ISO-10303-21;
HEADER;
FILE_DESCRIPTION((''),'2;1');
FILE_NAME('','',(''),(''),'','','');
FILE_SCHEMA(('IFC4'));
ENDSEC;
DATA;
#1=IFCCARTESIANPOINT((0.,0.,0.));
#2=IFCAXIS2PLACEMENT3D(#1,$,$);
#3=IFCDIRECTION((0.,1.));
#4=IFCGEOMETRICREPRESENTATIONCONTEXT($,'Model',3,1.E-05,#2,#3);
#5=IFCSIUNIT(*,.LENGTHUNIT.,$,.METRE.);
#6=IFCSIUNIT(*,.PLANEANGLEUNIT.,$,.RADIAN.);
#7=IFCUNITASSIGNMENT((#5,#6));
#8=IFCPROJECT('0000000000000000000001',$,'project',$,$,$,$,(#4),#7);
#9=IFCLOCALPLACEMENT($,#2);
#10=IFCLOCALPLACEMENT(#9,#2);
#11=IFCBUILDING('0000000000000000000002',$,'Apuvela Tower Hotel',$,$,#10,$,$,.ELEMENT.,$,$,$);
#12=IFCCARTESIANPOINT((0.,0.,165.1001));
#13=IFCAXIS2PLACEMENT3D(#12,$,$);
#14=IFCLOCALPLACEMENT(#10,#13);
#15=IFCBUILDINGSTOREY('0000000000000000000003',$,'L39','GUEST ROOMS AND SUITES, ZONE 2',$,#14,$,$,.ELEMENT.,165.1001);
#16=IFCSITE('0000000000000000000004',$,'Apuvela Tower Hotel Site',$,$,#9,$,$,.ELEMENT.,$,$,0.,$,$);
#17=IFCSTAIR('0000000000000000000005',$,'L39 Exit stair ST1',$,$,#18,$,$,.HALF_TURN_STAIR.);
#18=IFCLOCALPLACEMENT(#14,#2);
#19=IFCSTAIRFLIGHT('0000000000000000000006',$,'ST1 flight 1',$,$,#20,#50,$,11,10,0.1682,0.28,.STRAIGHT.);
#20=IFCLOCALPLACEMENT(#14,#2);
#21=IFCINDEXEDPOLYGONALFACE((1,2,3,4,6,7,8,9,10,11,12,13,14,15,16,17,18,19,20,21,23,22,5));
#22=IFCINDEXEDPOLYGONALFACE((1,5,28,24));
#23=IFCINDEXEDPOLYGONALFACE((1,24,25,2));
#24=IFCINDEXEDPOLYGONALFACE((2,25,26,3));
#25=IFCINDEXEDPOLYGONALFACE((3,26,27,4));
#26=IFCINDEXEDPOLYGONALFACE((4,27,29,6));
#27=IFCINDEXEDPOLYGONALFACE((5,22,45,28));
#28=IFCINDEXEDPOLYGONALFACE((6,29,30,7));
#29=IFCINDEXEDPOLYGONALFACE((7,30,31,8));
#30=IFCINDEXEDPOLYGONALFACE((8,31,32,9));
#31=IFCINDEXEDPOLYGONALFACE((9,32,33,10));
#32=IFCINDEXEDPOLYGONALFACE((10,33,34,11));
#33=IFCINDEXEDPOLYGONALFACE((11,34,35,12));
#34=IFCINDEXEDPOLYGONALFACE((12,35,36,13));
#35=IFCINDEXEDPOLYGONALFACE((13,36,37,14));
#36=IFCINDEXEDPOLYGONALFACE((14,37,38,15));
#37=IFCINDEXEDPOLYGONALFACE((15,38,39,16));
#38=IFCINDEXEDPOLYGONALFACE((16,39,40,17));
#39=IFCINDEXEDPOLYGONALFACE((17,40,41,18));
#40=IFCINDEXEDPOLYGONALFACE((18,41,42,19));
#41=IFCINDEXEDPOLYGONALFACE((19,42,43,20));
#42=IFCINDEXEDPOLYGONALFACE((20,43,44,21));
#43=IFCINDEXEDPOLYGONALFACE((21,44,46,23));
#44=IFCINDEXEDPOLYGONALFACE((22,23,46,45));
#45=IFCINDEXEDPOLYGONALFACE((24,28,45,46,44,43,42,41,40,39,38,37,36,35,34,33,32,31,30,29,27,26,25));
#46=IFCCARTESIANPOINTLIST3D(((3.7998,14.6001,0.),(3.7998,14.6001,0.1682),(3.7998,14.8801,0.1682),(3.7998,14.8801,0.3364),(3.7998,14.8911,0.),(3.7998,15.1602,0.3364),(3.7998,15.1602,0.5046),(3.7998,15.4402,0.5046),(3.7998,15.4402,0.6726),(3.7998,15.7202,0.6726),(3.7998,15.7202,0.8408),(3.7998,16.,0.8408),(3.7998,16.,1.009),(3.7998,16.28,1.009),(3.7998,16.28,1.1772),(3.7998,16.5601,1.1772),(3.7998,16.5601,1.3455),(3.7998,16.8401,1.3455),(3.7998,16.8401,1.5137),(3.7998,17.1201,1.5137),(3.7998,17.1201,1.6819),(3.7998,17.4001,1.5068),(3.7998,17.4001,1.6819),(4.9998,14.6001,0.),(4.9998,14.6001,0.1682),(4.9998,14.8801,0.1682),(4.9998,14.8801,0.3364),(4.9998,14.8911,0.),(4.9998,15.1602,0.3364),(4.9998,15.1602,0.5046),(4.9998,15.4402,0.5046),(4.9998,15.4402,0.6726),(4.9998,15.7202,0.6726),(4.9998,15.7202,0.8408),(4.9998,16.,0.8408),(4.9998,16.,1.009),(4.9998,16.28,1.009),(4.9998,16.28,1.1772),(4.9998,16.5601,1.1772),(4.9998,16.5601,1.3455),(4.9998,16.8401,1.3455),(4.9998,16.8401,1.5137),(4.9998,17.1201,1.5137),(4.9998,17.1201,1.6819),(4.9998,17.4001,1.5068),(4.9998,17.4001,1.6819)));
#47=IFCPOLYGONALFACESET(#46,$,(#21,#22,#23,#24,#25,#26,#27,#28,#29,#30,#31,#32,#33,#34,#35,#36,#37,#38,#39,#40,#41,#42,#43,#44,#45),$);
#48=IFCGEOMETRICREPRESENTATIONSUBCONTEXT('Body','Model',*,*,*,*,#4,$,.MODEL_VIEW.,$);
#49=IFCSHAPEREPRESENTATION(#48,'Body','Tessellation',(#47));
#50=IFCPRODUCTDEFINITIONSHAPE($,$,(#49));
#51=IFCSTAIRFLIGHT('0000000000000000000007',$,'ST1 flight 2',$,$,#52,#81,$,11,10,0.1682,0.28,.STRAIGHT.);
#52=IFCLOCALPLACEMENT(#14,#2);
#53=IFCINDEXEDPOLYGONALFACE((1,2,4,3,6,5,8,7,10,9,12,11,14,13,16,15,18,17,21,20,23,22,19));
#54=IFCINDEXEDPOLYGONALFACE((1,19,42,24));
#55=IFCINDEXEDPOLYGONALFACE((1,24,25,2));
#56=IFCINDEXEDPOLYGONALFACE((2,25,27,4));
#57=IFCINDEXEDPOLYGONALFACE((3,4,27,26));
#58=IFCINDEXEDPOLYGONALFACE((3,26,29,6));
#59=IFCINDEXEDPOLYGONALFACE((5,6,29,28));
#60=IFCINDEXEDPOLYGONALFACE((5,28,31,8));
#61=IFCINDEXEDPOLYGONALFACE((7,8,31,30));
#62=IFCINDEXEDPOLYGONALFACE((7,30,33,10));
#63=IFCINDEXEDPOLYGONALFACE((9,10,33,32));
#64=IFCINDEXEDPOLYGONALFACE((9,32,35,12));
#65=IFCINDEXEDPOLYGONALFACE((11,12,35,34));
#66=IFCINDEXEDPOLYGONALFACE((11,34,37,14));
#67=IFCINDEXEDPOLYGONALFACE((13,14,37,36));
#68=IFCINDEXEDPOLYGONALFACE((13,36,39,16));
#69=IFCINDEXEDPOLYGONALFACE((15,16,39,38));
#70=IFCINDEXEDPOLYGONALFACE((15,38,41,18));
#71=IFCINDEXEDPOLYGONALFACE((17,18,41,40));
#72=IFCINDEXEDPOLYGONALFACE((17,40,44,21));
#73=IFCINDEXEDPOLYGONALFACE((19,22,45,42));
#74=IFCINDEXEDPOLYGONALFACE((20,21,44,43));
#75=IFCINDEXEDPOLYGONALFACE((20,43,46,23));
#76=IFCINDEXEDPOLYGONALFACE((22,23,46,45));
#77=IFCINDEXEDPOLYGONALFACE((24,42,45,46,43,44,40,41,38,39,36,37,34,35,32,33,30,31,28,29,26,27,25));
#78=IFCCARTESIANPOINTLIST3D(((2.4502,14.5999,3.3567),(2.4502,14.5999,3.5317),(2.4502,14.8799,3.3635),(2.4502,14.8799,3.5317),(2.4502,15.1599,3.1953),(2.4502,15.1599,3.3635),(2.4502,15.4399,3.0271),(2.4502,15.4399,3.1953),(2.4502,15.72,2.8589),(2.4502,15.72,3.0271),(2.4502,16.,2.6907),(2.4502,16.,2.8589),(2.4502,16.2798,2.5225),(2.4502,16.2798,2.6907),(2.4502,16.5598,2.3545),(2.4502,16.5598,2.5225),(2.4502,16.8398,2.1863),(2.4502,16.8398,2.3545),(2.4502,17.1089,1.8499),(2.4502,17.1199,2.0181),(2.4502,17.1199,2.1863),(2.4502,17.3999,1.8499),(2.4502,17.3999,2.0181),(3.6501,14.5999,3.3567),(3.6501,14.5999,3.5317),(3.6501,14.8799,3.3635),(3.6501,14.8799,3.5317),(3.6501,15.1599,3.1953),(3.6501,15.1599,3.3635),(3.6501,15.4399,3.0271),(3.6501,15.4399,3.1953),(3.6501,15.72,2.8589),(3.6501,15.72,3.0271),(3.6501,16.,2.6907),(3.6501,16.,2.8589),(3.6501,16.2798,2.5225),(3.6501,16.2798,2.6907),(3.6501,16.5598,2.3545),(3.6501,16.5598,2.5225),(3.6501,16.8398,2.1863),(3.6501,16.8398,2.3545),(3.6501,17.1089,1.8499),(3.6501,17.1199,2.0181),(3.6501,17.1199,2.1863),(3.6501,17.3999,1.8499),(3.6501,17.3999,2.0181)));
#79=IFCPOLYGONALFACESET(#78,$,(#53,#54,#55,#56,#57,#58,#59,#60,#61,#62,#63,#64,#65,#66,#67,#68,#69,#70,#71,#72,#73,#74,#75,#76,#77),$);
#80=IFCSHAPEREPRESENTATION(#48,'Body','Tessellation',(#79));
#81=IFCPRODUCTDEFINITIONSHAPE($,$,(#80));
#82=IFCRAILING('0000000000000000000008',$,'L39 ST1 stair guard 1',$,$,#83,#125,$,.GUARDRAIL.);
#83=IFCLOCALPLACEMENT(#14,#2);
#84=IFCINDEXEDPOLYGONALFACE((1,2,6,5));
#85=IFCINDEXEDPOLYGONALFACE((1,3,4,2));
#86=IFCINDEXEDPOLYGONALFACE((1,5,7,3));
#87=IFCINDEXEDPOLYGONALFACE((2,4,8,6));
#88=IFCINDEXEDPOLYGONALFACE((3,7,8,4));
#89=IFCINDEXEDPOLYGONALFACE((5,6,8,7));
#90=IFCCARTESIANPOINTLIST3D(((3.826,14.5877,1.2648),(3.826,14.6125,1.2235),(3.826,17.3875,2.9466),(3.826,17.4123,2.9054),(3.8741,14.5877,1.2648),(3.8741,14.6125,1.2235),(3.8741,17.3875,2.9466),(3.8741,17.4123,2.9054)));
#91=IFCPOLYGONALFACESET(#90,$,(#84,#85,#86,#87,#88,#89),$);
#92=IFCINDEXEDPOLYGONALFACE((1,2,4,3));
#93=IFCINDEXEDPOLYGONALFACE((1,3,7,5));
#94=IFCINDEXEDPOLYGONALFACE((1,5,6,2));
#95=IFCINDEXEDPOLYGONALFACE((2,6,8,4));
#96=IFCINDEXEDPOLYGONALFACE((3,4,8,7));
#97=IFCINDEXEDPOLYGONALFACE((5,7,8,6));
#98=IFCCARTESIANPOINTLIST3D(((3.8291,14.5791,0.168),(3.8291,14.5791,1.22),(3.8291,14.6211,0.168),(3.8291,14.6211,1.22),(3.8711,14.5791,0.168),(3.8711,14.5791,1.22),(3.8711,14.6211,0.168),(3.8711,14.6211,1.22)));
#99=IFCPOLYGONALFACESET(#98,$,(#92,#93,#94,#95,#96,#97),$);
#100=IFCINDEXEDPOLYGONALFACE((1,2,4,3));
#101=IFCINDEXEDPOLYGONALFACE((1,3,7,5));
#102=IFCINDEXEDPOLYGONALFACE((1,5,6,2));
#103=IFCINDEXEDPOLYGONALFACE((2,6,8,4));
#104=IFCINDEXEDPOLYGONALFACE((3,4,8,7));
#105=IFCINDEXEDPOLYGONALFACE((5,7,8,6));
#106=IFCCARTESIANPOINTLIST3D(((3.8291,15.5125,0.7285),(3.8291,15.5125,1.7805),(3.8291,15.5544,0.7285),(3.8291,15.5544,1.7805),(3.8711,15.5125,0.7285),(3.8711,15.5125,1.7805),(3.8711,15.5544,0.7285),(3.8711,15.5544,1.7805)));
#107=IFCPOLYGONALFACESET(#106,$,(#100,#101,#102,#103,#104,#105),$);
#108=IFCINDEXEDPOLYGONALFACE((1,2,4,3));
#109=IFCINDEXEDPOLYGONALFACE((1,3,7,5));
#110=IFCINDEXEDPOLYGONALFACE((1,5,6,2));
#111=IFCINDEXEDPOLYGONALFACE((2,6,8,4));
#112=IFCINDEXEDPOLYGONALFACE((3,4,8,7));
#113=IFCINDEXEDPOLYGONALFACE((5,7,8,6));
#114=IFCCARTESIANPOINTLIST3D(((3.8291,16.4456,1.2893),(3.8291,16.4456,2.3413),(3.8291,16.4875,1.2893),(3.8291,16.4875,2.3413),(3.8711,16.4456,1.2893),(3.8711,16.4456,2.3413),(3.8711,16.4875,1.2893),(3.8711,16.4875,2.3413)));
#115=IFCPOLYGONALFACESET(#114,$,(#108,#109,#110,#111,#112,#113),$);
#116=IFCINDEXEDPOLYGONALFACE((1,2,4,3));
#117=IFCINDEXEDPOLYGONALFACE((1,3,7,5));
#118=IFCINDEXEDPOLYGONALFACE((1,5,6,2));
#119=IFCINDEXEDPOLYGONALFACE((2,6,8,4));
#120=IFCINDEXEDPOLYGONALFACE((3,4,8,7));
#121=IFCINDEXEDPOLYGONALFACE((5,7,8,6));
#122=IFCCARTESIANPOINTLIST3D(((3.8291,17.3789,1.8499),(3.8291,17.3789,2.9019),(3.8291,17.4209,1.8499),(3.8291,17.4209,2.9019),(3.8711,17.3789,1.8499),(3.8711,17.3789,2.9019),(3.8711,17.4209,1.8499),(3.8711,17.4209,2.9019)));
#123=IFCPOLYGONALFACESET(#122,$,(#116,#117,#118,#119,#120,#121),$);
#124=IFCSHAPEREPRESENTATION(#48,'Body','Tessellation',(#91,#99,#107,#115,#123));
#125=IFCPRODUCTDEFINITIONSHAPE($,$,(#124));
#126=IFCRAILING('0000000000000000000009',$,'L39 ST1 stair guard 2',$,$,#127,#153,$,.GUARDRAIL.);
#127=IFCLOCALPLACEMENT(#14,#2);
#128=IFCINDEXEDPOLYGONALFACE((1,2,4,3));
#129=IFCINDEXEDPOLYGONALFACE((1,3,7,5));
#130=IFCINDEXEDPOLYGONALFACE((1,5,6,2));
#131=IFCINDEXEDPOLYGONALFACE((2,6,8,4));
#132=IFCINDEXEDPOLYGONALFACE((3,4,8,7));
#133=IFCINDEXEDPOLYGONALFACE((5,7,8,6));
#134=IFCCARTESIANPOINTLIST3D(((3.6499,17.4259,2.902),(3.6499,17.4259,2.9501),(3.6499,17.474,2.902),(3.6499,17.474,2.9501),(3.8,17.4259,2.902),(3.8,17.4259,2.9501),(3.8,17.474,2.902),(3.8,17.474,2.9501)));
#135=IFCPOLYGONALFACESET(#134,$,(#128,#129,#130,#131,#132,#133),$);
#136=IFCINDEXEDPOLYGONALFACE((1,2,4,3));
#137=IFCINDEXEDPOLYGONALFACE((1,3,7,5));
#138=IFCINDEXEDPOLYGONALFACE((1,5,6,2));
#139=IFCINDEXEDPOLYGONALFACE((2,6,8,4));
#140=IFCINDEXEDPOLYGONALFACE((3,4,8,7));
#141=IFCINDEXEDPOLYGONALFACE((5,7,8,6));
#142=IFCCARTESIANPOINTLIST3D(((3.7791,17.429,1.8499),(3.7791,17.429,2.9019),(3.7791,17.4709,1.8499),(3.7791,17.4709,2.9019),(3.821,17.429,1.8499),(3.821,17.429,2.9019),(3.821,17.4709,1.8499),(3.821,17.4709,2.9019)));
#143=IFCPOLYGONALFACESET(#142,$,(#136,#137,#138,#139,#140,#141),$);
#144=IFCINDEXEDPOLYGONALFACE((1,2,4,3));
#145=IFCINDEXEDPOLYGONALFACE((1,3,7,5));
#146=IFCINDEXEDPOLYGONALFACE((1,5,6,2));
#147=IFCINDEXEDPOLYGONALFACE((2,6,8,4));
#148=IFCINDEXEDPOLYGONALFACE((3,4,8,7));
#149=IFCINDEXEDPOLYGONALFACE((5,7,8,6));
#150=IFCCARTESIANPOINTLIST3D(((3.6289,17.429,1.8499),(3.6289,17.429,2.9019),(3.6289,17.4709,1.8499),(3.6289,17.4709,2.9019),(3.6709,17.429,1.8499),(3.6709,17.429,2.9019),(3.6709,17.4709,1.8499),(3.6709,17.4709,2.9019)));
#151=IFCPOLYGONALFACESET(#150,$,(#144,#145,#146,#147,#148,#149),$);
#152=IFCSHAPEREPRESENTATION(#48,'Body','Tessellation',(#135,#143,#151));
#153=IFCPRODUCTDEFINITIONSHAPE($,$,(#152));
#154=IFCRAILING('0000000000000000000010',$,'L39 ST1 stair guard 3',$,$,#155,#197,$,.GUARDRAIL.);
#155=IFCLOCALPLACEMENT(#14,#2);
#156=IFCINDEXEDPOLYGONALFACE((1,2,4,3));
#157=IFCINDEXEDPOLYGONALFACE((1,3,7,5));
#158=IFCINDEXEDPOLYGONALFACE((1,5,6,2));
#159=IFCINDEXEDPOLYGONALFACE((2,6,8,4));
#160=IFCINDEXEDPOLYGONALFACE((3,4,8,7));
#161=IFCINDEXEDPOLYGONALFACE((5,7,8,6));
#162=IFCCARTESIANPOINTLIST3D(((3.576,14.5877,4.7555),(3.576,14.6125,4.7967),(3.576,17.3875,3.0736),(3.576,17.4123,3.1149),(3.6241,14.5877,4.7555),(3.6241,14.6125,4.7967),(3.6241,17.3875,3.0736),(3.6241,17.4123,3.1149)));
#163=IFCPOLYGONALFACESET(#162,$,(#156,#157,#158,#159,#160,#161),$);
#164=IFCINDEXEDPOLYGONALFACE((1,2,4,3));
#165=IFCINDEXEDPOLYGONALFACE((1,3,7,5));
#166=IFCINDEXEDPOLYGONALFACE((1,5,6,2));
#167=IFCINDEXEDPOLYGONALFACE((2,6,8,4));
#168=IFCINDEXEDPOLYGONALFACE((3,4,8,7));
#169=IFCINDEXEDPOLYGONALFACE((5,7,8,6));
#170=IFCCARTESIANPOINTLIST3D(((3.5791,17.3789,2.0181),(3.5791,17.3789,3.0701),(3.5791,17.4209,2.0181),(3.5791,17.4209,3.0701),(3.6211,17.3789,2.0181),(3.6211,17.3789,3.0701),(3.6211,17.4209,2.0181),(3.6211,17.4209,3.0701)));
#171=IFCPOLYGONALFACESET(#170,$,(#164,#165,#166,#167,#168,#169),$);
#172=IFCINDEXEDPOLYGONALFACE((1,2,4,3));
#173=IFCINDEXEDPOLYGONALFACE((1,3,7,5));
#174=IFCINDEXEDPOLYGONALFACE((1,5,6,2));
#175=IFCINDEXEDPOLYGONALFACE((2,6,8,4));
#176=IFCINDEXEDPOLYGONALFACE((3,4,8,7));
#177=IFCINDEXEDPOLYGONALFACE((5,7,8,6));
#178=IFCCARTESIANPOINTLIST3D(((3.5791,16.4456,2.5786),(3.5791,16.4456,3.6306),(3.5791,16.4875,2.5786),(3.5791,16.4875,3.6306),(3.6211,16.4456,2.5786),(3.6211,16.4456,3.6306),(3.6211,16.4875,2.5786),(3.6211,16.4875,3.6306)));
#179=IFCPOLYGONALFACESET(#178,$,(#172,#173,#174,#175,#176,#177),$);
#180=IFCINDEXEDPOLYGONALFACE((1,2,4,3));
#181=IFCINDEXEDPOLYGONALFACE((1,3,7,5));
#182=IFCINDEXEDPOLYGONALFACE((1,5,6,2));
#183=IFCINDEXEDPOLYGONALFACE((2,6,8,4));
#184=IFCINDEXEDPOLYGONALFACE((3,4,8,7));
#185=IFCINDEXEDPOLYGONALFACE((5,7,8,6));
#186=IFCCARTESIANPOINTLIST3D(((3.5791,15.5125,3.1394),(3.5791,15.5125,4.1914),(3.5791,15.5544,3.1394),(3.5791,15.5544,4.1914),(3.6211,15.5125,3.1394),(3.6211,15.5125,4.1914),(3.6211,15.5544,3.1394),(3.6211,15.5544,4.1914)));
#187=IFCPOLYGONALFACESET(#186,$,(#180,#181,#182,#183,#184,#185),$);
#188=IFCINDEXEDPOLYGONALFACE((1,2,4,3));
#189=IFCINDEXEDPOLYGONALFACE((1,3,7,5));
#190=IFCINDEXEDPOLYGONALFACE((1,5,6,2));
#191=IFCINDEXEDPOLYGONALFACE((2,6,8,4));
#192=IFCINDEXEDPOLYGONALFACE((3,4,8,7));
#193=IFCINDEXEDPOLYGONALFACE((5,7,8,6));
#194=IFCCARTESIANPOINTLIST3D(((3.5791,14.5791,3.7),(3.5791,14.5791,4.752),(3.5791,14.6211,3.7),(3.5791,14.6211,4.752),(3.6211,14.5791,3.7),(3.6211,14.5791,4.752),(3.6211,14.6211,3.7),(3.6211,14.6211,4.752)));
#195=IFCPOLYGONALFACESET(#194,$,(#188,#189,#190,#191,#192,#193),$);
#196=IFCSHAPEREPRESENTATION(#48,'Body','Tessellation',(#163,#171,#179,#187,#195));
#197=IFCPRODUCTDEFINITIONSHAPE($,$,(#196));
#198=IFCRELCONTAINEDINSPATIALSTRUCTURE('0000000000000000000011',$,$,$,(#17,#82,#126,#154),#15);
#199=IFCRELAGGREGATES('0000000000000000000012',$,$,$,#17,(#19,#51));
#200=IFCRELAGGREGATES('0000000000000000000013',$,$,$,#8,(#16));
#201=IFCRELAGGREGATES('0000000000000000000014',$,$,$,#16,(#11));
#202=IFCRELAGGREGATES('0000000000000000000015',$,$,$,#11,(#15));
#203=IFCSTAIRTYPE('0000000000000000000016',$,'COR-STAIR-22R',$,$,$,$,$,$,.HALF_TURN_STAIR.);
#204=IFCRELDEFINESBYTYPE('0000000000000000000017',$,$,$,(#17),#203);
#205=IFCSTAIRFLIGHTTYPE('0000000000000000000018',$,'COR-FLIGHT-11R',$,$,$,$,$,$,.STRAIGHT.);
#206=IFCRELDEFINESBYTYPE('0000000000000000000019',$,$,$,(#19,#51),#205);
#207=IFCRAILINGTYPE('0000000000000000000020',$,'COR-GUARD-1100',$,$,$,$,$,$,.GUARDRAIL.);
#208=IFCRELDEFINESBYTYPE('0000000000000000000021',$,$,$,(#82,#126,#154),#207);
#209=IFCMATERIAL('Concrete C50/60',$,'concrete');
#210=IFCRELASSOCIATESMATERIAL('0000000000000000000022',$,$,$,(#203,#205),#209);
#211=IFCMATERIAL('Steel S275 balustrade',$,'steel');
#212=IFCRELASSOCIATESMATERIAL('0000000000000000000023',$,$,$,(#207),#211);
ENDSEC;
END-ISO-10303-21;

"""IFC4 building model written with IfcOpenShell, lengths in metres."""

from ifc_helpers import new_model, si_unit, direction, frame, origin, origin_2d, place, context, subcontext, project, spatial, polyline, rectangle, outline, extrude, material, type_object, element, aggregate, save


model = new_model("IFC4")

# Units and contexts
model_context = context("Model", 3, precision=1e-05, world=origin(), true_north=direction((0.0, 1.0)))
body_context = subcontext(model_context, "Body", "Model", "MODEL_VIEW")
ifc_project = project(units=[si_unit("LENGTHUNIT", "METRE"), si_unit("PLANEANGLEUNIT", "RADIAN")], contexts=[model_context])

# Site, building, storey
site_placement = place(None, origin())
site = spatial("IfcSite", under=ifc_project, at=site_placement, Name="Apuvela Tower Hotel Site", CompositionType="ELEMENT", RefElevation=0.0)
building_placement = place(site_placement, origin())
building = spatial("IfcBuilding", under=site, at=building_placement, Name="Apuvela Tower Hotel", CompositionType="ELEMENT")
storey_placement = place(building_placement, frame((0.0, 0.0, 165.1001)))
storey = spatial("IfcBuildingStorey", under=building, at=storey_placement, Name="L39", Description="GUEST ROOMS AND SUITES, ZONE 2", CompositionType="ELEMENT", Elevation=165.1001)

# Shared definitions
ifc_material_1 = material(Name="Concrete C50/60", Category="concrete")

# Stair, stair flights
stair_type = type_object("IfcStairType", Name="COR-STAIR-22R", PredefinedType="HALF_TURN_STAIR", material=ifc_material_1)
stair_placement = place(storey_placement, origin())
stair = element("IfcStair", 1, at=stair_placement, inside=storey, type_object=stair_type, Name="L39 Exit stair ST1", PredefinedType="HALF_TURN_STAIR")
stair_flight_type = type_object("IfcStairFlightType", Name="COR-FLIGHT-11R", PredefinedType="STRAIGHT", material=ifc_material_1)
stair_flight_1_placement = place(storey_placement, frame((4.3999, 14.6001, 0.0), z_axis=(0.0, 0.0, 1.0), x_axis=(0.0, 1.0, 0.0)))
stair_flight_1 = element("IfcStairFlight", 2, at=stair_flight_1_placement, type_object=stair_flight_type, Name="ST1 flight 1", NumberOfRisers=11, NumberOfTreads=10, PredefinedType="STRAIGHT", RiserHeight=0.1682, TreadLength=0.28, context=body_context, shape_type="SweptSolid", body=[
    extrude(outline(polyline([(0.0, 0.0), (0.0, 0.1682), (0.28, 0.1682), (0.28, 0.3364), (0.5601, 0.3364), (0.5601, 0.5046), (0.8401, 0.5046), (0.8401, 0.6726), (1.1201, 0.6726), (1.1201, 0.8408), (1.3999, 0.8408), (1.3999, 1.009), (1.6799, 1.009), (1.6799, 1.1772), (1.96, 1.1772), (1.96, 1.3455), (2.24, 1.3455), (2.24, 1.5137), (2.52, 1.5137), (2.52, 1.6819), (2.8, 1.6819), (2.8, 1.8501), (2.8, 1.5068), (0.291, 0.0), (0.0, 0.0)])), frame((0.0, 0.6001, 0.0), z_axis=(0.0, -1.0, 0.0), x_axis=(1.0, 0.0, 0.0)), (0.0, 0.0, 1.0), 1.2),
])
stair_flight_2_placement = place(storey_placement, frame((3.05, 17.3999, 1.8499), z_axis=(0.0, 0.0, 1.0), x_axis=(0.0, -1.0, 0.0)))
stair_flight_2 = element("IfcStairFlight", 3, at=stair_flight_2_placement, type_object=stair_flight_type, Name="ST1 flight 2", NumberOfRisers=11, NumberOfTreads=10, PredefinedType="STRAIGHT", RiserHeight=0.1682, TreadLength=0.28, context=body_context, shape_type="SweptSolid", body=[
    extrude(outline(polyline([(0.0, 0.0), (0.0, 0.1682), (0.28, 0.1682), (0.28, 0.3364), (0.5601, 0.3364), (0.5601, 0.5046), (0.8401, 0.5046), (0.8401, 0.6726), (1.1201, 0.6726), (1.1201, 0.8408), (1.3999, 0.8408), (1.3999, 1.009), (1.6799, 1.009), (1.6799, 1.1772), (1.96, 1.1772), (1.96, 1.3455), (2.24, 1.3455), (2.24, 1.5137), (2.52, 1.5137), (2.52, 1.6819), (2.8, 1.6819), (2.8, 1.8501), (2.8, 1.5068), (0.291, 0.0), (0.0, 0.0)])), frame((0.0, 0.6001, 0.0), z_axis=(0.0, -1.0, 0.0), x_axis=(1.0, 0.0, 0.0)), (0.0, 0.0, 1.0), 1.2),
])
aggregate(stair, [stair_flight_1, stair_flight_2])

# Railings
ifc_material_2 = material(Name="Steel S275 balustrade", Category="steel")
railing_type_1 = type_object("IfcRailingType", Name="COR-GUARD-1100", PredefinedType="GUARDRAIL", material=ifc_material_2)
railing_1_placement = place(storey_placement, frame((3.8501, 14.6001, 0.168)))
element("IfcRailing", 4, at=railing_1_placement, inside=storey, type_object=railing_type_1, Name="L39 ST1 stair guard 1", PredefinedType="GUARDRAIL", context=body_context, shape_type="SweptSolid", body=[
    extrude(rectangle(XDim=0.0481, YDim=0.0481, at=origin_2d()), frame((0.0, 0.0, 1.0762), z_axis=(0.0, 0.857222, 0.514946), x_axis=(-1.0, 0.0, 0.0)), (0.0, 0.0, 1.0), 3.2661),
    extrude(rectangle(XDim=0.042, YDim=0.042, at=origin_2d()), origin(), (0.0, 0.0, 1.0), 1.052),
    extrude(rectangle(XDim=0.042, YDim=0.042, at=origin_2d()), frame((0.0, 0.9333, 0.5605)), (0.0, 0.0, 1.0), 1.052),
    extrude(rectangle(XDim=0.042, YDim=0.042, at=origin_2d()), frame((0.0, 1.8665, 1.1213)), (0.0, 0.0, 1.0), 1.052),
    extrude(rectangle(XDim=0.042, YDim=0.042, at=origin_2d()), frame((0.0, 2.7998, 1.6819)), (0.0, 0.0, 1.0), 1.052),
])
railing_2_placement = place(storey_placement, frame((3.8, 17.45, 1.8499)))
element("IfcRailing", 5, at=railing_2_placement, inside=storey, type_object=railing_type_1, Name="L39 ST1 stair guard 2", PredefinedType="GUARDRAIL", context=body_context, shape_type="SweptSolid", body=[
    extrude(rectangle(XDim=0.0481, YDim=0.0481, at=origin_2d()), frame((0.0, 0.0, 1.0762), z_axis=(-1.0, 0.0, 0.0), x_axis=(0.0, -1.0, 0.0)), (0.0, 0.0, 1.0), 0.1501),
    extrude(rectangle(XDim=0.042, YDim=0.042, at=origin_2d()), origin(), (0.0, 0.0, 1.0), 1.052),
    extrude(rectangle(XDim=0.042, YDim=0.042, at=origin_2d()), frame((-0.1501, 0.0, 0.0)), (0.0, 0.0, 1.0), 1.052),
])
railing_3_placement = place(storey_placement, frame((3.6001, 17.3999, 2.0181)))
element("IfcRailing", 6, at=railing_3_placement, inside=storey, type_object=railing_type_1, Name="L39 ST1 stair guard 3", PredefinedType="GUARDRAIL", context=body_context, shape_type="SweptSolid", body=[
    extrude(rectangle(XDim=0.0481, YDim=0.0481, at=origin_2d()), frame((0.0, 0.0, 1.0762), z_axis=(0.0, -0.857222, 0.514946), x_axis=(1.0, 0.0, 0.0)), (0.0, 0.0, 1.0), 3.2661),
    extrude(rectangle(XDim=0.042, YDim=0.042, at=origin_2d()), origin(), (0.0, 0.0, 1.0), 1.052),
    extrude(rectangle(XDim=0.042, YDim=0.042, at=origin_2d()), frame((0.0, -0.9333, 0.5605)), (0.0, 0.0, 1.0), 1.052),
    extrude(rectangle(XDim=0.042, YDim=0.042, at=origin_2d()), frame((0.0, -1.8665, 1.1213)), (0.0, 0.0, 1.0), 1.052),
    extrude(rectangle(XDim=0.042, YDim=0.042, at=origin_2d()), frame((0.0, -2.7998, 1.6819)), (0.0, 0.0, 1.0), 1.052),
])

save(model, "model.ifc")
